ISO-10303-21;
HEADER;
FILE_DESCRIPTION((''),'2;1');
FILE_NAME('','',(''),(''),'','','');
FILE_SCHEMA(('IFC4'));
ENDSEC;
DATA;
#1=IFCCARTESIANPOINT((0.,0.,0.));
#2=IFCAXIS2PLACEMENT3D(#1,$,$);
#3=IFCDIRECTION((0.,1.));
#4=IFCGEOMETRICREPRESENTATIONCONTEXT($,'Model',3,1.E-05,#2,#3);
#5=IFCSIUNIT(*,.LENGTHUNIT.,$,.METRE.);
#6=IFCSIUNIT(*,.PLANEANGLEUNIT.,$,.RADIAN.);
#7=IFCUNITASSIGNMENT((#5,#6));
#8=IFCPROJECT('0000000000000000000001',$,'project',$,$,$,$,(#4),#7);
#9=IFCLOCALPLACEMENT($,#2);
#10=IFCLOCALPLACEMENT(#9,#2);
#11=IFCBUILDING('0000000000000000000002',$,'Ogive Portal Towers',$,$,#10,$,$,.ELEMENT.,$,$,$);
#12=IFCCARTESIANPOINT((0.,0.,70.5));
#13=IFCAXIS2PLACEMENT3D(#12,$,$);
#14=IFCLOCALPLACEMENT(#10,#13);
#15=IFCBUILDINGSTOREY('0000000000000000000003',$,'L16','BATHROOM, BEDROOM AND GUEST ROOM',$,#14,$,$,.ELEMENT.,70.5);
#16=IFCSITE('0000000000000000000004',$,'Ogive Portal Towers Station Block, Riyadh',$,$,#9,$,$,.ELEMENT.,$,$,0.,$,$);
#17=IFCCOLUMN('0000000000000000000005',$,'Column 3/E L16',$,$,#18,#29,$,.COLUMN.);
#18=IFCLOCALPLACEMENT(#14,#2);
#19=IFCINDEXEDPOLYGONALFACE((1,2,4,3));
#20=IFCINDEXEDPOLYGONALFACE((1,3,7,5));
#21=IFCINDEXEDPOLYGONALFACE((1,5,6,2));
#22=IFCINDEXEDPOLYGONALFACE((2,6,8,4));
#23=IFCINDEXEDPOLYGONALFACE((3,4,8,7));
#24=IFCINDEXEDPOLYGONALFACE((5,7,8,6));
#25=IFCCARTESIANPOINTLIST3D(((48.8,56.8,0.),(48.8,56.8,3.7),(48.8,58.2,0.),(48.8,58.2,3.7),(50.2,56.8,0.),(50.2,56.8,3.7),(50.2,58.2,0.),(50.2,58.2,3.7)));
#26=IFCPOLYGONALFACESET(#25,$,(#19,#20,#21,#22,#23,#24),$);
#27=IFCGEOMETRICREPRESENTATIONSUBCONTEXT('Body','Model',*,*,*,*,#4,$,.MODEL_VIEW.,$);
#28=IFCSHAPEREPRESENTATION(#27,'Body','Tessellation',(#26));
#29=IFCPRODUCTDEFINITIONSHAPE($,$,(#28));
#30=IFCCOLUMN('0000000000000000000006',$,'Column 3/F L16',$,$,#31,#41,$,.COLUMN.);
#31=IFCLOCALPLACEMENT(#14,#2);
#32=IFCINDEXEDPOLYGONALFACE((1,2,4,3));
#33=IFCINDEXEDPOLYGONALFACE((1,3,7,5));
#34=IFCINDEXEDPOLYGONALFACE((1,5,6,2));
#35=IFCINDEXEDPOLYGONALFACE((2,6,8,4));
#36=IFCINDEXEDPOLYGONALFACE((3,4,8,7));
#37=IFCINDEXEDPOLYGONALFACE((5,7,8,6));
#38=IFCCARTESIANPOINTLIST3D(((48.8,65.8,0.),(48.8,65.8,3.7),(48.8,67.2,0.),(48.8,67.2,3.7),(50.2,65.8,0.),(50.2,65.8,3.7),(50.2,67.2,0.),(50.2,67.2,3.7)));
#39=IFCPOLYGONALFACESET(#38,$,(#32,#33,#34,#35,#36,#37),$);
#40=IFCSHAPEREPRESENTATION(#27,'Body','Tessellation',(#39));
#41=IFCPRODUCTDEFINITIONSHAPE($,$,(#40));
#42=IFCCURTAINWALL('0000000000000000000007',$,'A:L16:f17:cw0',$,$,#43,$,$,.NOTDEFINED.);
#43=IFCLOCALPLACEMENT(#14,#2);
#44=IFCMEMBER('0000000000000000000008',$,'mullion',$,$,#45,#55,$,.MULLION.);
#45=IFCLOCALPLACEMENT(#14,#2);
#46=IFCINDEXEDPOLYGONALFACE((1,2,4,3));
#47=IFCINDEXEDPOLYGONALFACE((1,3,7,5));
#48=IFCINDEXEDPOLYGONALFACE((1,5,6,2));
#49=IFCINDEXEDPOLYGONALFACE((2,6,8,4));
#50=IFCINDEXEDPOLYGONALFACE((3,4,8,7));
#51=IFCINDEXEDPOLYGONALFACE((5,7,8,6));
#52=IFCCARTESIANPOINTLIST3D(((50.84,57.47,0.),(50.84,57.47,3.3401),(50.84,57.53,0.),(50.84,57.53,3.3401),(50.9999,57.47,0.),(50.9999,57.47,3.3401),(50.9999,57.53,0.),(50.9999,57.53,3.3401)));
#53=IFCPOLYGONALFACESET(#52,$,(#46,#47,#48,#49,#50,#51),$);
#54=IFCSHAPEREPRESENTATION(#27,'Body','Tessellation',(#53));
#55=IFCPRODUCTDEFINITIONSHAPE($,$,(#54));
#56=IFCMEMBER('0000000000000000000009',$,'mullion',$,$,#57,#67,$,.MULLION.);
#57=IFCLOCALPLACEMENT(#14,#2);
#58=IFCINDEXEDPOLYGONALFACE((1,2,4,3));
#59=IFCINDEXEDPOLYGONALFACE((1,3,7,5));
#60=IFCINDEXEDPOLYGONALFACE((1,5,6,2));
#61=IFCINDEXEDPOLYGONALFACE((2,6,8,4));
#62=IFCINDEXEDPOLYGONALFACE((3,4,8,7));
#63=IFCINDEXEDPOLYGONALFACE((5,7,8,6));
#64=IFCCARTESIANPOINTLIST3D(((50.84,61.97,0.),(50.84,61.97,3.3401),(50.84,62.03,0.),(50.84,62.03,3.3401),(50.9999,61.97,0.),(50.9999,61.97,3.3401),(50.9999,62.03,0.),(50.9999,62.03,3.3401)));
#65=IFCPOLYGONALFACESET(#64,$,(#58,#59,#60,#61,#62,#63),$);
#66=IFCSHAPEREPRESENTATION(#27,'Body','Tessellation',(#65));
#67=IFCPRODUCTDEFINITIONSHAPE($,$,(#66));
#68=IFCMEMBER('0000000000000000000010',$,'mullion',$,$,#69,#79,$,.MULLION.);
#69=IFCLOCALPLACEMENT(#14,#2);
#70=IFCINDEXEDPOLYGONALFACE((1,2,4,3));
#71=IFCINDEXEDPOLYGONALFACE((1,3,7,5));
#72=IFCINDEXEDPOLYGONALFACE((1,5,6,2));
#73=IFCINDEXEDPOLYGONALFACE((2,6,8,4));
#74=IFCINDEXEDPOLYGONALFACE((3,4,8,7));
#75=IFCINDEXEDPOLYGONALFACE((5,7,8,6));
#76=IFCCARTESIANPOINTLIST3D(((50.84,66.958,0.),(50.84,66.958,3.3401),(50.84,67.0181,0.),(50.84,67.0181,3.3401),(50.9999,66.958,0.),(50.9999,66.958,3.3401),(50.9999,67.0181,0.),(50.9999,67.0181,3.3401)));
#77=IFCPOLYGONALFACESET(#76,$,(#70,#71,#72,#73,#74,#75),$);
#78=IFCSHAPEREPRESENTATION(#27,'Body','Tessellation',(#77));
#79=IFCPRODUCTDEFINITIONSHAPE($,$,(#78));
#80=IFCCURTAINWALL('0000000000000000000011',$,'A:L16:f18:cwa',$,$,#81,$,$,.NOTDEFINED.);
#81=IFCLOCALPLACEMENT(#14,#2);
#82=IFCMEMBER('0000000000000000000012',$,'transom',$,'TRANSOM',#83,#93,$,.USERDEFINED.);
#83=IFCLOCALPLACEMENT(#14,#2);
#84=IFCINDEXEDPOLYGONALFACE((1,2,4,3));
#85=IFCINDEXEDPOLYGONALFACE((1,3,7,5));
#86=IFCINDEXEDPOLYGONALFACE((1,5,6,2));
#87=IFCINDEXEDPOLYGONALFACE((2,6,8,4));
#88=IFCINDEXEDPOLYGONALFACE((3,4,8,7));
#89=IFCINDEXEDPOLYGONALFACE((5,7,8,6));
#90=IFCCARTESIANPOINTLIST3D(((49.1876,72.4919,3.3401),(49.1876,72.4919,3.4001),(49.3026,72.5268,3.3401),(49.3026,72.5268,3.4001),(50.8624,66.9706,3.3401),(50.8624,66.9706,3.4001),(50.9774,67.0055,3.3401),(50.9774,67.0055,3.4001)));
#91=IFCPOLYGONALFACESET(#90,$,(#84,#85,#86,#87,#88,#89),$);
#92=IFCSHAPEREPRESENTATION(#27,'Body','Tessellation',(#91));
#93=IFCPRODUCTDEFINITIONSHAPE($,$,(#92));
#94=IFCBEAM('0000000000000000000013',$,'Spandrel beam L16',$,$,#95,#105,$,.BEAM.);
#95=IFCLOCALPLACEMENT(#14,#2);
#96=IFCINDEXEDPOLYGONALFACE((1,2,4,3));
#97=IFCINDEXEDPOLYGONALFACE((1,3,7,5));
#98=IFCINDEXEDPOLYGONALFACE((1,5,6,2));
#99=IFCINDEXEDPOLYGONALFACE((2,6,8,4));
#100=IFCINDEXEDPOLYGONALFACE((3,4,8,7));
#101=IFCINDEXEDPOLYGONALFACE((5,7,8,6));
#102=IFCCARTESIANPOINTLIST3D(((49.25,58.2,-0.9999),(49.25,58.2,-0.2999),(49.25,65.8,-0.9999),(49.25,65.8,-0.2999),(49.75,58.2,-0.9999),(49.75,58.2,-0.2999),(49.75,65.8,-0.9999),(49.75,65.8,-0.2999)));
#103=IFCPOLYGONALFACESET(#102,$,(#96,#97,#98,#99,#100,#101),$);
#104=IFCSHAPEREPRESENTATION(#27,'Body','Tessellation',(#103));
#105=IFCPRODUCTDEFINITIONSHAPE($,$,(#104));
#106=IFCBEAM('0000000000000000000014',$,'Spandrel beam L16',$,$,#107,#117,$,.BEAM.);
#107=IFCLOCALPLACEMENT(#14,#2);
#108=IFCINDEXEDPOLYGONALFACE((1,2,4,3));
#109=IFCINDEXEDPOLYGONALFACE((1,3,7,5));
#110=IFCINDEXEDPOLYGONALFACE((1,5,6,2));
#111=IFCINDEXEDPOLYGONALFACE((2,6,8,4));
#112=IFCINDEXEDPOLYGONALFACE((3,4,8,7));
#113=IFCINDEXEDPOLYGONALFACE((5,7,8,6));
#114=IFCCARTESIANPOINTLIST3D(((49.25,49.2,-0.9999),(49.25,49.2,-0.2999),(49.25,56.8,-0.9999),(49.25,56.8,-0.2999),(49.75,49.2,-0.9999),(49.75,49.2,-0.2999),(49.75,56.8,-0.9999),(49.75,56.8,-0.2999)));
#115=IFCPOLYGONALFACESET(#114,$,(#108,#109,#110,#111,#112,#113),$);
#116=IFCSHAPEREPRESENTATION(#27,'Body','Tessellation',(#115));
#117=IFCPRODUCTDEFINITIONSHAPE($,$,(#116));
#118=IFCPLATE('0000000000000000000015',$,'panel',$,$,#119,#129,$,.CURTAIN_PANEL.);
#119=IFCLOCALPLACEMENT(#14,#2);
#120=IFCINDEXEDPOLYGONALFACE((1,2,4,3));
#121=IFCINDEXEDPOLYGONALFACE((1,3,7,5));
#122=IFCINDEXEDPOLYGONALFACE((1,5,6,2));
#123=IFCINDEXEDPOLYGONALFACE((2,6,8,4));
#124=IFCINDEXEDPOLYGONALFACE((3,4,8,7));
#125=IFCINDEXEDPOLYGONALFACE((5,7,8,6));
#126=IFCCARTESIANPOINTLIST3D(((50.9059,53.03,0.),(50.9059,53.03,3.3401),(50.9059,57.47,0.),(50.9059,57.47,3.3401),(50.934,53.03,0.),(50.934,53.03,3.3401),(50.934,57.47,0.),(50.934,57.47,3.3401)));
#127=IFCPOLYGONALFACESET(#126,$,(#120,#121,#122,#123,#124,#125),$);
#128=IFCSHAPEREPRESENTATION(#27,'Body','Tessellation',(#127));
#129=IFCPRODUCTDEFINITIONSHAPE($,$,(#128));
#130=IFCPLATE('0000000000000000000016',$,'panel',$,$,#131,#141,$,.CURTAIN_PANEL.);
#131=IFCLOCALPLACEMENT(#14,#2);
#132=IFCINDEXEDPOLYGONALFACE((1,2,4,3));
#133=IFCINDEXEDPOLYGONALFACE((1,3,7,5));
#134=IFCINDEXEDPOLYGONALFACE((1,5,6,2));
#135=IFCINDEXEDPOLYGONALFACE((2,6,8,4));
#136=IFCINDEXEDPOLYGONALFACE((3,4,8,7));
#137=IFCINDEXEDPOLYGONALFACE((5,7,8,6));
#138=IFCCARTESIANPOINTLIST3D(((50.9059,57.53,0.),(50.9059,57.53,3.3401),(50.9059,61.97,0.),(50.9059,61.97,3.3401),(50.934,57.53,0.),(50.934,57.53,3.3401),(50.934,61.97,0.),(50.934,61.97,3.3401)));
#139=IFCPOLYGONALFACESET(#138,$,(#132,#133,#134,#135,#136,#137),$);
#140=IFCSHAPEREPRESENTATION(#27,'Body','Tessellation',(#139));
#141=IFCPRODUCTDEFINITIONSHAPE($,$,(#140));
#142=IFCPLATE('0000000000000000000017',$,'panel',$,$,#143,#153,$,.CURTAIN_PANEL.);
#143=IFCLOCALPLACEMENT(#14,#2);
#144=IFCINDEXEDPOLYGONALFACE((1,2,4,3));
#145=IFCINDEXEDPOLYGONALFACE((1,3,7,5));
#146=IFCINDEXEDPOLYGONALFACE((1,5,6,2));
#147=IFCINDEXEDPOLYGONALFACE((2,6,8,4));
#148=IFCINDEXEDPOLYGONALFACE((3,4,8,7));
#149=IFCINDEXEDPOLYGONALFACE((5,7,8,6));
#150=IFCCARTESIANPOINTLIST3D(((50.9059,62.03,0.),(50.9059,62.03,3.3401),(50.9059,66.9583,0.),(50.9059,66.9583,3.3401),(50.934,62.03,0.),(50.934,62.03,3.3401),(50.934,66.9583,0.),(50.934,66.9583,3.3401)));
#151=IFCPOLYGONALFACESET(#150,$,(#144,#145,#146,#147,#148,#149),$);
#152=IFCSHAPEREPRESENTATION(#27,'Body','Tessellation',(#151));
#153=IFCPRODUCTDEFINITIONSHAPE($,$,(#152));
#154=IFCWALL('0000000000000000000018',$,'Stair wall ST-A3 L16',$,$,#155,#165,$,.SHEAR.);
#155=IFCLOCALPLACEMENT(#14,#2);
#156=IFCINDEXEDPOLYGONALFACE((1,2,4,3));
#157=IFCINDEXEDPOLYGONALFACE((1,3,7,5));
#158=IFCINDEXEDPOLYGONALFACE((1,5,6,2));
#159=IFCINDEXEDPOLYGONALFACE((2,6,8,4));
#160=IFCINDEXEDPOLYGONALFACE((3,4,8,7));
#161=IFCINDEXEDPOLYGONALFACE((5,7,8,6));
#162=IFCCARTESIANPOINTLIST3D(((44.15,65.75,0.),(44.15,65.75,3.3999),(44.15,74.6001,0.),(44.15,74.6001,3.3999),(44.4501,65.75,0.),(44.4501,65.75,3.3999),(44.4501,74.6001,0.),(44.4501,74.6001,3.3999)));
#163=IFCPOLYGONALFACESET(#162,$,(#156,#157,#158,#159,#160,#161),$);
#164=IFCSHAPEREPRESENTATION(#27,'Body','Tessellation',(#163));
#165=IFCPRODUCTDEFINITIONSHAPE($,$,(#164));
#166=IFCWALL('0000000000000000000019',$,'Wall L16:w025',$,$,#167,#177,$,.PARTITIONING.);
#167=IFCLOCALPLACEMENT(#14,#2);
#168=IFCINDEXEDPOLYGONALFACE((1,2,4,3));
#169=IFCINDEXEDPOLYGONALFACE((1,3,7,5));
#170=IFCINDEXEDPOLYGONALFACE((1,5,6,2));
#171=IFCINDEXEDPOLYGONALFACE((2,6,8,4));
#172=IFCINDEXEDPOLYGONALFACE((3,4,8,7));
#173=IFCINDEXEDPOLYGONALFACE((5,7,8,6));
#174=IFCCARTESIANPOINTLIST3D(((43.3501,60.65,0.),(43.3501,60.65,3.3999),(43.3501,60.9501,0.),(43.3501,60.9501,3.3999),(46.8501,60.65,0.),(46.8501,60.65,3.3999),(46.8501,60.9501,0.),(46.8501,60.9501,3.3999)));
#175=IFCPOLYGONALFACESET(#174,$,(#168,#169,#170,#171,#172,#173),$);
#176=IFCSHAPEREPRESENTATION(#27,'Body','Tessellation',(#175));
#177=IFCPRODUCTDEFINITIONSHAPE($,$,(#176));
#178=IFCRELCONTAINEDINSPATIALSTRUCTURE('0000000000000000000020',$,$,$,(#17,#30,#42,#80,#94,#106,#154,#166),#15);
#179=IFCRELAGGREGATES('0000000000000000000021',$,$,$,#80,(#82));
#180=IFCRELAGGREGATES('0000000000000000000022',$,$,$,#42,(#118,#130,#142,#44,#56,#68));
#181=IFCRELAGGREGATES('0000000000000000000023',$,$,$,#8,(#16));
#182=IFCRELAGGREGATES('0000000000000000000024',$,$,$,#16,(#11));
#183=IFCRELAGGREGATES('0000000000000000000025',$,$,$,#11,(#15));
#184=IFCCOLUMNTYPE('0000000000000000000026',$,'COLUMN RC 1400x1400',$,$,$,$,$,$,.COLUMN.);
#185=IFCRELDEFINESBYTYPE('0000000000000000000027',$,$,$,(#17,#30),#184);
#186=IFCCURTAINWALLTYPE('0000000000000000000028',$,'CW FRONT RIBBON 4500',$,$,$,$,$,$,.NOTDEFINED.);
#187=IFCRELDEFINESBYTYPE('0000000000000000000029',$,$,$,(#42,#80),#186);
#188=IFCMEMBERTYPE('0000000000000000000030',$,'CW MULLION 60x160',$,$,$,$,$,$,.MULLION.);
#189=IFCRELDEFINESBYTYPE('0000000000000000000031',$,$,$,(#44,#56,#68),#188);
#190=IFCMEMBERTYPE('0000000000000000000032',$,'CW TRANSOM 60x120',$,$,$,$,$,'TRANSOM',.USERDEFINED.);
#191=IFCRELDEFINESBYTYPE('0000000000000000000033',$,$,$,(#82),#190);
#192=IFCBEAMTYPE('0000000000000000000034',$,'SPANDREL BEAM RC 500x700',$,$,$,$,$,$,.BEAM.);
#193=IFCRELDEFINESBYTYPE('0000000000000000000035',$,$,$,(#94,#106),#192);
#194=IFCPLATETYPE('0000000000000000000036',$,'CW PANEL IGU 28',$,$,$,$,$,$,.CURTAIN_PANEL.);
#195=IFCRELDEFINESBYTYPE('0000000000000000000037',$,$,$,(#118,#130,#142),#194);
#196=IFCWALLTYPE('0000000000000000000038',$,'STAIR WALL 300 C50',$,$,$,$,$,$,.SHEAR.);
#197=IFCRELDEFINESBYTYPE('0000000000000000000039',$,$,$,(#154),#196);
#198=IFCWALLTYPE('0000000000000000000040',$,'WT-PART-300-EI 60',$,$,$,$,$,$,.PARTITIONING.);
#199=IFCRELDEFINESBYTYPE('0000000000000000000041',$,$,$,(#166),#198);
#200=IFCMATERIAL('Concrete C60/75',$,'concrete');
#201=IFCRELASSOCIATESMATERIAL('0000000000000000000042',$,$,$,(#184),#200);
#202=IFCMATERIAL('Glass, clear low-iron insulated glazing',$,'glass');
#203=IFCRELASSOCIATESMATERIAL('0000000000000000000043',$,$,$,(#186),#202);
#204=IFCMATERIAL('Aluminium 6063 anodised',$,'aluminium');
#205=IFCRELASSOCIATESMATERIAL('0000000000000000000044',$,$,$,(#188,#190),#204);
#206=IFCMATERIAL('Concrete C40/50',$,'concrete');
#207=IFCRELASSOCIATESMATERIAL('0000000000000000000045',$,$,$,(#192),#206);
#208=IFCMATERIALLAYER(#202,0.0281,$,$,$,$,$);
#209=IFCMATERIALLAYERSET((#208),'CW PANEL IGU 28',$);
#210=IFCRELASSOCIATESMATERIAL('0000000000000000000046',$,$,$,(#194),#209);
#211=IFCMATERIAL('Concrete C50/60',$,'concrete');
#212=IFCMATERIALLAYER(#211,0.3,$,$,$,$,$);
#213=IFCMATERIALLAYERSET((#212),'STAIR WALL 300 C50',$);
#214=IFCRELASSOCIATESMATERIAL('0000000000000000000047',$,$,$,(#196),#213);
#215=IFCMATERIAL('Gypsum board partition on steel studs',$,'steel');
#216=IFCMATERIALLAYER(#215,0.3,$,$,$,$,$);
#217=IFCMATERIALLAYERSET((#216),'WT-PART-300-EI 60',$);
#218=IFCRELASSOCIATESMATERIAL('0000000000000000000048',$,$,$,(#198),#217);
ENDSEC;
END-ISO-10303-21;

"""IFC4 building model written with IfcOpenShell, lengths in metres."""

from ifc_helpers import new_model, si_unit, direction, frame, frame_2d, origin, origin_2d, place, context, subcontext, project, spatial, rectangle, extrude, material, layer, layer_set, material_profile, profile_set, type_object, element, aggregate, save


model = new_model("IFC4")

# Units and contexts
model_context = context("Model", 3, precision=1e-05, world=origin(), true_north=direction((0.0, 1.0)))
body_context = subcontext(model_context, "Body", "Model", "MODEL_VIEW")
ifc_project = project(units=[si_unit("LENGTHUNIT", "METRE"), si_unit("PLANEANGLEUNIT", "RADIAN")], contexts=[model_context])

# Site, building, storey
site_placement = place(None, origin())
site = spatial("IfcSite", under=ifc_project, at=site_placement, Name="Ogive Portal Towers Station Block, Riyadh", CompositionType="ELEMENT", RefElevation=0.0)
building_placement = place(site_placement, origin())
building = spatial("IfcBuilding", under=site, at=building_placement, Name="Ogive Portal Towers", CompositionType="ELEMENT")
storey_placement = place(building_placement, frame((0.0, 0.0, 70.5)))
storey = spatial("IfcBuildingStorey", under=building, at=storey_placement, Name="L16", Description="BATHROOM, BEDROOM AND GUEST ROOM", CompositionType="ELEMENT", Elevation=70.5)

# Columns
ifc_material_1 = material(Name="Concrete C60/75", Category="concrete")
ifc_material_profile_1 = material_profile(ifc_material_1, rectangle(XDim=1.3999, YDim=1.3999, at=origin_2d()), Name="RC 1400x1400")
ifc_profile_set_1 = profile_set([ifc_material_profile_1], Name="Concrete C60/75")
column_type = type_object("IfcColumnType", Name="COLUMN RC 1400x1400", PredefinedType="COLUMN", material=ifc_profile_set_1)
for number, where, z_axis, x_axis, name in (
    (1, (49.5, 57.5, 0.0), (0.0, 0.0, 1.0), (1.0, 0.0, 0.0), "Column 3/E L16"),
    (2, (49.5, 66.5, 0.0), (0.0, 0.0, 1.0), (1.0, 0.0, 0.0), "Column 3/F L16"),
):
    element("IfcColumn", number, at=place(storey_placement, frame(where, z_axis=z_axis, x_axis=x_axis)), inside=storey, type_object=column_type, Name=name, PredefinedType="COLUMN", context=body_context, shape_type="SweptSolid", body=[
        extrude(rectangle(XDim=1.3999, YDim=1.3999, at=origin_2d()), origin(), (0.0, 0.0, 1.0), 3.7),
    ])

# Curtain wall, members
ifc_material_2 = material(Name="Glass, clear low-iron insulated glazing", Category="glass")
curtain_wall_type = type_object("IfcCurtainWallType", Name="CW FRONT RIBBON 4500", PredefinedType="NOTDEFINED", material=ifc_material_2)
curtain_wall_1_placement = place(storey_placement, origin())
curtain_wall_1 = element("IfcCurtainWall", 3, at=curtain_wall_1_placement, inside=storey, type_object=curtain_wall_type, Name="A:L16:f17:cw0", PredefinedType="NOTDEFINED")
ifc_material_3 = material(Name="Aluminium 6063 anodised", Category="aluminium")
ifc_material_profile_2 = material_profile(ifc_material_3, rectangle(XDim=0.1599, YDim=0.0601, at=origin_2d()), Name="AL 60x160")
ifc_profile_set_2 = profile_set([ifc_material_profile_2], Name="Aluminium 6063 anodised")
member_type_1 = type_object("IfcMemberType", Name="CW MULLION 60x160", PredefinedType="MULLION", material=ifc_profile_set_2)
member_1_placement = place(storey_placement, frame((50.9199, 57.5, 0.0), z_axis=(0.0, 0.0, 1.0), x_axis=(-1.0, 0.0, 0.0)))
member_1 = element("IfcMember", 4, at=member_1_placement, type_object=member_type_1, Name="mullion", PredefinedType="MULLION", context=body_context, shape_type="SweptSolid", body=[
    extrude(rectangle(XDim=0.1599, YDim=0.0601, at=origin_2d()), origin(), (0.0, 0.0, 1.0), 3.3401),
])
member_2_placement = place(storey_placement, frame((50.9199, 62.0, 0.0), z_axis=(0.0, 0.0, 1.0), x_axis=(-1.0, 0.0, 0.0)))
member_2 = element("IfcMember", 5, at=member_2_placement, type_object=member_type_1, Name="mullion", PredefinedType="MULLION", context=body_context, shape_type="SweptSolid", body=[
    extrude(rectangle(XDim=0.1599, YDim=0.0601, at=origin_2d()), origin(), (0.0, 0.0, 1.0), 3.3401),
])
member_3_placement = place(storey_placement, frame((50.9199, 66.988, 0.0), z_axis=(0.0, 0.0, 1.0), x_axis=(-1.0, 0.0, 0.0)))
member_3 = element("IfcMember", 6, at=member_3_placement, type_object=member_type_1, Name="mullion", PredefinedType="MULLION", context=body_context, shape_type="SweptSolid", body=[
    extrude(rectangle(XDim=0.1599, YDim=0.0601, at=origin_2d()), origin(), (0.0, 0.0, 1.0), 3.3401),
])

# Curtain wall, member
curtain_wall_2_placement = place(storey_placement, origin())
curtain_wall_2 = element("IfcCurtainWall", 7, at=curtain_wall_2_placement, inside=storey, type_object=curtain_wall_type, Name="A:L16:f18:cwa", PredefinedType="NOTDEFINED")
ifc_material_profile_3 = material_profile(ifc_material_3, rectangle(XDim=0.1201, YDim=0.0601, at=origin_2d()), Name="AL 120x60")
ifc_profile_set_3 = profile_set([ifc_material_profile_3], Name="Aluminium 6063 anodised")
member_type_2 = type_object("IfcMemberType", Name="CW TRANSOM 60x120", ElementType="TRANSOM", PredefinedType="USERDEFINED", material=ifc_profile_set_3)
member_4_placement = place(storey_placement, frame((50.9199, 66.988, 3.3701), z_axis=(-0.290277, 0.956943, 0.0), x_axis=(-0.956943, -0.290277, 0.0)))
member_4 = element("IfcMember", 8, at=member_4_placement, type_object=member_type_2, Name="transom", ObjectType="TRANSOM", PredefinedType="USERDEFINED", context=body_context, shape_type="SweptSolid", body=[
    extrude(rectangle(XDim=0.1201, YDim=0.0601, at=origin_2d()), origin(), (0.0, 0.0, 1.0), 5.7698),
])
aggregate(curtain_wall_2, [member_4])

# Beams
ifc_material_4 = material(Name="Concrete C40/50", Category="concrete")
ifc_material_profile_4 = material_profile(ifc_material_4, rectangle(XDim=0.5, YDim=0.7, at=origin_2d()), Name="RC 500x700")
ifc_profile_set_4 = profile_set([ifc_material_profile_4], Name="Concrete C40/50")
beam_type = type_object("IfcBeamType", Name="SPANDREL BEAM RC 500x700", PredefinedType="BEAM", material=ifc_profile_set_4)
for number, where, z_axis, x_axis, name in (
    (9, (49.5, 65.8, -0.6499), (0.0, -1.0, 0.0), (1.0, 0.0, 0.0), "Spandrel beam L16"),
    (10, (49.5, 56.8, -0.6499), (0.0, -1.0, 0.0), (1.0, 0.0, 0.0), "Spandrel beam L16"),
):
    element("IfcBeam", number, at=place(storey_placement, frame(where, z_axis=z_axis, x_axis=x_axis)), inside=storey, type_object=beam_type, Name=name, PredefinedType="BEAM", context=body_context, shape_type="SweptSolid", body=[
        extrude(rectangle(XDim=0.5, YDim=0.7, at=origin_2d()), origin(), (0.0, 0.0, 1.0), 7.6001),
    ])

# Plates
ifc_layer_1 = layer(ifc_material_2, 0.0281)
ifc_layer_set_1 = layer_set([ifc_layer_1], Name="CW PANEL IGU 28")
plate_type = type_object("IfcPlateType", Name="CW PANEL IGU 28", PredefinedType="CURTAIN_PANEL", material=ifc_layer_set_1)
plate_1_placement = place(storey_placement, frame((50.9199, 55.25, 0.0), z_axis=(0.0, 0.0, 1.0), x_axis=(0.0, 1.0, 0.0)))
plate_1 = element("IfcPlate", 11, at=plate_1_placement, type_object=plate_type, Name="panel", PredefinedType="CURTAIN_PANEL", context=body_context, shape_type="SweptSolid", body=[
    extrude(rectangle(XDim=4.4399, YDim=0.0281, at=origin_2d()), origin(), (0.0, 0.0, 1.0), 3.3401),
])
plate_2_placement = place(storey_placement, frame((50.9199, 59.75, 0.0), z_axis=(0.0, 0.0, 1.0), x_axis=(0.0, 1.0, 0.0)))
plate_2 = element("IfcPlate", 12, at=plate_2_placement, type_object=plate_type, Name="panel", PredefinedType="CURTAIN_PANEL", context=body_context, shape_type="SweptSolid", body=[
    extrude(rectangle(XDim=4.4399, YDim=0.0281, at=origin_2d()), origin(), (0.0, 0.0, 1.0), 3.3401),
])
plate_3_placement = place(storey_placement, frame((50.9199, 64.4941, 0.0), z_axis=(0.0, 0.0, 1.0), x_axis=(0.0, 1.0, 0.0)))
plate_3 = element("IfcPlate", 13, at=plate_3_placement, type_object=plate_type, Name="panel", PredefinedType="CURTAIN_PANEL", context=body_context, shape_type="SweptSolid", body=[
    extrude(rectangle(XDim=4.9282, YDim=0.0281, at=origin_2d()), origin(), (0.0, 0.0, 1.0), 3.3401),
])
aggregate(curtain_wall_1, [plate_1, plate_2, plate_3, member_1, member_2, member_3])

# Walls
ifc_material_5 = material(Name="Concrete C50/60", Category="concrete")
ifc_layer_2 = layer(ifc_material_5, 0.3)
ifc_layer_set_2 = layer_set([ifc_layer_2], Name="STAIR WALL 300 C50")
wall_type_1 = type_object("IfcWallType", Name="STAIR WALL 300 C50", PredefinedType="SHEAR", material=ifc_layer_set_2)
wall_1_placement = place(storey_placement, frame((44.3, 65.75, 0.0), z_axis=(0.0, 0.0, 1.0), x_axis=(0.0, 1.0, 0.0)))
element("IfcWall", 14, at=wall_1_placement, inside=storey, type_object=wall_type_1, Name="Stair wall ST-A3 L16", PredefinedType="SHEAR", context=body_context, shape_type="SweptSolid", body=[
    extrude(rectangle(XDim=8.8501, YDim=0.3, at=frame_2d((4.425, 0.0))), origin(), (0.0, 0.0, 1.0), 3.3999),
])
ifc_material_6 = material(Name="Gypsum board partition on steel studs", Category="steel")
ifc_layer_3 = layer(ifc_material_6, 0.3)
ifc_layer_set_3 = layer_set([ifc_layer_3], Name="WT-PART-300-EI 60")
wall_type_2 = type_object("IfcWallType", Name="WT-PART-300-EI 60", PredefinedType="PARTITIONING", material=ifc_layer_set_3)
wall_2_placement = place(storey_placement, frame((43.3501, 60.8, 0.0), z_axis=(0.0, 0.0, 1.0), x_axis=(1.0, 0.0, 0.0)))
element("IfcWall", 15, at=wall_2_placement, inside=storey, type_object=wall_type_2, Name="Wall L16:w025", PredefinedType="PARTITIONING", context=body_context, shape_type="SweptSolid", body=[
    extrude(rectangle(XDim=3.5, YDim=0.3, at=frame_2d((1.75, 0.0))), origin(), (0.0, 0.0, 1.0), 3.3999),
])

save(model, "model.ifc")
